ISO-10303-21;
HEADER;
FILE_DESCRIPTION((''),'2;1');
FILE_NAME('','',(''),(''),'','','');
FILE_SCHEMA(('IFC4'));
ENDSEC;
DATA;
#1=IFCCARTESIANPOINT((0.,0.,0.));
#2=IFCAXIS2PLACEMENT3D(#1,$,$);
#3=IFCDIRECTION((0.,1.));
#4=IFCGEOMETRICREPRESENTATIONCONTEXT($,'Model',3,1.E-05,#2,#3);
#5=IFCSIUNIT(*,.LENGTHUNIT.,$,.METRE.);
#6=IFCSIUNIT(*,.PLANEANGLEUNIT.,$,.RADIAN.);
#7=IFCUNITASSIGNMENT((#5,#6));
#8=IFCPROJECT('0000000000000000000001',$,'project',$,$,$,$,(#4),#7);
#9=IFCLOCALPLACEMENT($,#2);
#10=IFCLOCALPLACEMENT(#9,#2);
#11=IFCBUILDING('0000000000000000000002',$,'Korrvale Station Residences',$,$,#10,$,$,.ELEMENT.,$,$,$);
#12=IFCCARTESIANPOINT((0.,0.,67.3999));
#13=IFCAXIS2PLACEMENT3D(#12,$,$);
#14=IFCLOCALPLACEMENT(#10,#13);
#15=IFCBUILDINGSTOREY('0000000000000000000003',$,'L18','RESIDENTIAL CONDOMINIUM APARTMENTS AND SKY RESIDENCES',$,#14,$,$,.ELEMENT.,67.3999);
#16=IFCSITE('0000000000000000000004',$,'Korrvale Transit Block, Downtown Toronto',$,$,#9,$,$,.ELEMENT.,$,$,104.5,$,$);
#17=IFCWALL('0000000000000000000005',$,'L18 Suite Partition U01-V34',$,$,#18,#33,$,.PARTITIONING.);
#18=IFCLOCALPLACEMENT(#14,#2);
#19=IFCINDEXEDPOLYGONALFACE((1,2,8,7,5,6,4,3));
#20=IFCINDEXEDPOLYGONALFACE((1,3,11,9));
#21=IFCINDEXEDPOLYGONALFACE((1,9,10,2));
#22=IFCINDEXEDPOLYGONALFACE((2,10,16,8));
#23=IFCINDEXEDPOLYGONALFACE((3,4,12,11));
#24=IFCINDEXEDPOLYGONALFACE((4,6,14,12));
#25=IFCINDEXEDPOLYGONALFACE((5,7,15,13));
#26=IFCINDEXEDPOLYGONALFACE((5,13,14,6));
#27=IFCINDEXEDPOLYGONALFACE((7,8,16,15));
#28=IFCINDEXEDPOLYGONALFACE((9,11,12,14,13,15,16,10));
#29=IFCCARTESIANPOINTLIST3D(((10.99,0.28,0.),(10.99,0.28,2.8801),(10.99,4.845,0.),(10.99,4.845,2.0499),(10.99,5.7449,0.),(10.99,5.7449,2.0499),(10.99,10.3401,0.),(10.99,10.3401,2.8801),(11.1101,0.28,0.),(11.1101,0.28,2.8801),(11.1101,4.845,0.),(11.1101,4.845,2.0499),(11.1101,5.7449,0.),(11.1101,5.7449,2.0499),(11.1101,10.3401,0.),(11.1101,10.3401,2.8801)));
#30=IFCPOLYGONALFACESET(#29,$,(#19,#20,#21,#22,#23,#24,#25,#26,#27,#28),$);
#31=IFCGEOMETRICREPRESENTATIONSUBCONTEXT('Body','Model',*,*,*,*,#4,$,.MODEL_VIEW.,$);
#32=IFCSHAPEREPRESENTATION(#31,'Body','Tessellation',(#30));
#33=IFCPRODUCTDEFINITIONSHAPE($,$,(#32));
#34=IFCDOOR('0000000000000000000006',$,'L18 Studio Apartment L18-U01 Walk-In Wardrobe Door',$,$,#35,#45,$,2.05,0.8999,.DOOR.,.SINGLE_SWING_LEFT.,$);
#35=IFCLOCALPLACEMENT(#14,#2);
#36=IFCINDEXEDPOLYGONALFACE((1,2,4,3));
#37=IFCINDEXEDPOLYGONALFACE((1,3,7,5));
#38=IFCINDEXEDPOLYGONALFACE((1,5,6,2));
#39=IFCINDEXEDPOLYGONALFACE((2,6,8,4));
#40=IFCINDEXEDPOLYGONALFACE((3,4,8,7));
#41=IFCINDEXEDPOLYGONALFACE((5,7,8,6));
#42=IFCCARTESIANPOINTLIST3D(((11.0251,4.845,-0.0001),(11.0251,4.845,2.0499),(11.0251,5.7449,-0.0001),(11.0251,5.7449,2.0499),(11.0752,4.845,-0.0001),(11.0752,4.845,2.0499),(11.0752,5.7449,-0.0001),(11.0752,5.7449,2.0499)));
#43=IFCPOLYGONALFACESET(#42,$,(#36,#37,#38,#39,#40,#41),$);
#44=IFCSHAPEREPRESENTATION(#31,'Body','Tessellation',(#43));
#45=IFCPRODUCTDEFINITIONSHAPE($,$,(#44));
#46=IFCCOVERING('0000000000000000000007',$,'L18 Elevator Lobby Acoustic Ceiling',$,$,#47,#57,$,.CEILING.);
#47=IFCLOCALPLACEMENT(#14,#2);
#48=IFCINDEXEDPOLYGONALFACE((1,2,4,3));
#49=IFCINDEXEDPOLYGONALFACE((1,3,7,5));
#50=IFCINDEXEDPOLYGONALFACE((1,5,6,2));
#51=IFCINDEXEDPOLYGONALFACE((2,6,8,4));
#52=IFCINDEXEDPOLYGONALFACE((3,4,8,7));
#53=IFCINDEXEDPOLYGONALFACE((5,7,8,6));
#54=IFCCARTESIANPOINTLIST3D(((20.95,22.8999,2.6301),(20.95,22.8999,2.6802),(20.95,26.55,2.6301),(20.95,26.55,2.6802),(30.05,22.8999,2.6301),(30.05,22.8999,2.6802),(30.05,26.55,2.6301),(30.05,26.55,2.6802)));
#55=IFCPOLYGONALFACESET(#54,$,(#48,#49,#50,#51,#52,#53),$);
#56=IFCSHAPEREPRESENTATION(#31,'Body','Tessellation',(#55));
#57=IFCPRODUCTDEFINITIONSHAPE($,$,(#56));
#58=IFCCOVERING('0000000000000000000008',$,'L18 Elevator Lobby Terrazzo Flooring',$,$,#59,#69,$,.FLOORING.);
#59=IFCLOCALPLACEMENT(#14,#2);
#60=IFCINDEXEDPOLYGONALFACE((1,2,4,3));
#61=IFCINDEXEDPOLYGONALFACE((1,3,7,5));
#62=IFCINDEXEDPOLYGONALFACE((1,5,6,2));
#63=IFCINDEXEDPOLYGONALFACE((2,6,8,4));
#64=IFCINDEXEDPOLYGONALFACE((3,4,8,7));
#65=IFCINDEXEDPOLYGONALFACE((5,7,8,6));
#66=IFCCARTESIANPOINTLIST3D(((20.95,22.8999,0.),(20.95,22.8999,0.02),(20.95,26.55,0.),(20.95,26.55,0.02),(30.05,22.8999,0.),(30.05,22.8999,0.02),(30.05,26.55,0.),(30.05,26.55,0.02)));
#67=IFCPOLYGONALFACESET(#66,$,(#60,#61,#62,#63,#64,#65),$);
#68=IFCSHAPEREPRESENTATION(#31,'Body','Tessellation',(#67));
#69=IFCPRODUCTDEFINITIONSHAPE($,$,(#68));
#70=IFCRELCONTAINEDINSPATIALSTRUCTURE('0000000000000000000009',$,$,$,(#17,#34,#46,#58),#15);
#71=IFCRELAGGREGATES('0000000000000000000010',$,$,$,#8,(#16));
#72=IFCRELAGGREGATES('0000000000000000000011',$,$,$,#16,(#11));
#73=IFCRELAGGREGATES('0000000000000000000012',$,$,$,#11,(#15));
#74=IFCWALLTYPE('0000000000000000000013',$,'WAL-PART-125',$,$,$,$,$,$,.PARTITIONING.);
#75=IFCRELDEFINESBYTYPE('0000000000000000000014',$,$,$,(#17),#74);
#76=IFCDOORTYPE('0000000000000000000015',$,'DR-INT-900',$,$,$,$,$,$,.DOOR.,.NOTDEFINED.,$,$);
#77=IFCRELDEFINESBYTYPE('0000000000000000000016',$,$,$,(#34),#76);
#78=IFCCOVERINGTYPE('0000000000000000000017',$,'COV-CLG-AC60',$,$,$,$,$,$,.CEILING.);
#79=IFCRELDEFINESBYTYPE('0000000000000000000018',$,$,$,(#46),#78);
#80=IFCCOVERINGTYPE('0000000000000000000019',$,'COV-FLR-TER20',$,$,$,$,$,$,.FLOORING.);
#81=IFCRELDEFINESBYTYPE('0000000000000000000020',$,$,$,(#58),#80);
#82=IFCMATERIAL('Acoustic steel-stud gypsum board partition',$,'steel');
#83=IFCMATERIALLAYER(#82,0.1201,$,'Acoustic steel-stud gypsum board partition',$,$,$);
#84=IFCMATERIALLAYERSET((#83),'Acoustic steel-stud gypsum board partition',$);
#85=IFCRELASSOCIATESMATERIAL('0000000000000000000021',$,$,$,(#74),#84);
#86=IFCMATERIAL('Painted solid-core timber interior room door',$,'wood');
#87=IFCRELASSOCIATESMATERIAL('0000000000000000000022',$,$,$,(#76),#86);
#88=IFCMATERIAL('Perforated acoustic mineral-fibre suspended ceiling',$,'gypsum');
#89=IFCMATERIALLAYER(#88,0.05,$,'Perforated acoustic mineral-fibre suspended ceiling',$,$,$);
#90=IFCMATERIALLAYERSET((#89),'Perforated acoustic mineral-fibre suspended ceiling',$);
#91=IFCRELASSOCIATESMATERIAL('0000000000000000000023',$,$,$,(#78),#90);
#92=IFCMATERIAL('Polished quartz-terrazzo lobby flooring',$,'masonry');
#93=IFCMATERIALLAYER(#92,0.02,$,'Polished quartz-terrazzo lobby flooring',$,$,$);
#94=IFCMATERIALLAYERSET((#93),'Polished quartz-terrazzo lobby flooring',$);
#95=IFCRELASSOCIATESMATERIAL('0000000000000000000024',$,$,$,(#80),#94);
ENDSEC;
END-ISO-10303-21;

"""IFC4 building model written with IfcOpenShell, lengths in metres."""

from ifc_helpers import new_model, si_unit, direction, frame, frame_2d, origin, place, context, subcontext, project, spatial, polyline, rectangle, outline, extrude, material, layer, layer_set, type_object, element, fill, save


model = new_model("IFC4")

# Units and contexts
model_context = context("Model", 3, precision=1e-05, world=origin(), true_north=direction((0.0, 1.0)))
body_context = subcontext(model_context, "Body", "Model", "MODEL_VIEW")
ifc_project = project(units=[si_unit("LENGTHUNIT", "METRE"), si_unit("PLANEANGLEUNIT", "RADIAN")], contexts=[model_context])

# Site, building, storey
site_placement = place(None, origin())
site = spatial("IfcSite", under=ifc_project, at=site_placement, Name="Korrvale Transit Block, Downtown Toronto", CompositionType="ELEMENT", RefElevation=104.5)
building_placement = place(site_placement, origin())
building = spatial("IfcBuilding", under=site, at=building_placement, Name="Korrvale Station Residences", CompositionType="ELEMENT")
storey_placement = place(building_placement, frame((0.0, 0.0, 67.3999)))
storey = spatial("IfcBuildingStorey", under=building, at=storey_placement, Name="L18", Description="RESIDENTIAL CONDOMINIUM APARTMENTS AND SKY RESIDENCES", CompositionType="ELEMENT", Elevation=67.3999)

# Wall, opening, door
ifc_material_1 = material(Name="Acoustic steel-stud gypsum board partition", Category="steel")
ifc_layer_1 = layer(ifc_material_1, 0.1201, Name="Acoustic steel-stud gypsum board partition")
ifc_layer_set_1 = layer_set([ifc_layer_1], Name="Acoustic steel-stud gypsum board partition")
wall_type_1 = type_object("IfcWallType", Name="WAL-PART-125", PredefinedType="PARTITIONING", material=ifc_layer_set_1)
wall_1_placement = place(storey_placement, frame((11.05, 0.28, 0.0), z_axis=(0.0, 0.0, 1.0), x_axis=(0.0, 1.0, 0.0)))
wall_1 = element("IfcWall", 1, at=wall_1_placement, inside=storey, type_object=wall_type_1, Name="L18 Suite Partition U01-V34", PredefinedType="PARTITIONING", context=body_context, shape_type="SweptSolid", body=[
    extrude(rectangle(XDim=10.0601, YDim=0.1201, at=frame_2d((5.03, 0.0))), origin(), (0.0, 0.0, 1.0), 2.8801),
])
opening_1_placement = place(wall_1_placement, frame((4.5649, 0.0, 0.0)))
opening_1 = element("IfcOpeningElement", 2, at=opening_1_placement, cuts=wall_1, PredefinedType="OPENING", context=body_context, shape_type="SweptSolid", body=[
    extrude(rectangle(XDim=0.8999, YDim=2.05, at=frame_2d((0.45, 1.0249))), frame((0.0, 0.0701, 0.0), z_axis=(0.0, -1.0, 0.0), x_axis=(1.0, 0.0, 0.0)), (0.0, 0.0, 1.0), 0.1401),
])
ifc_material_2 = material(Name="Painted solid-core timber interior room door", Category="wood")
door_type = type_object("IfcDoorType", Name="DR-INT-900", OperationType="NOTDEFINED", PredefinedType="DOOR", material=ifc_material_2)
door_placement = place(opening_1_placement, origin())
door = element("IfcDoor", 3, at=door_placement, inside=storey, type_object=door_type, Name="L18 Studio Apartment L18-U01 Walk-In Wardrobe Door", OperationType="SINGLE_SWING_LEFT", OverallHeight=2.05, OverallWidth=0.8999, PredefinedType="DOOR", context=body_context, shape_type="SweptSolid", body=[
    extrude(rectangle(XDim=0.8999, YDim=2.05, at=frame_2d((0.45, 1.0249))), frame((0.0, 0.0249, 0.0), z_axis=(0.0, -1.0, 0.0), x_axis=(1.0, 0.0, 0.0)), (0.0, 0.0, 1.0), 0.05),
])
fill(opening_1, door)

# Coverings
ifc_material_3 = material(Name="Perforated acoustic mineral-fibre suspended ceiling", Category="gypsum")
ifc_layer_2 = layer(ifc_material_3, 0.05, Name="Perforated acoustic mineral-fibre suspended ceiling")
ifc_layer_set_2 = layer_set([ifc_layer_2], Name="Perforated acoustic mineral-fibre suspended ceiling")
covering_type_1 = type_object("IfcCoveringType", Name="COV-CLG-AC60", PredefinedType="CEILING", material=ifc_layer_set_2)
covering_1_placement = place(storey_placement, frame((0.0, 0.0, 2.6301)))
element("IfcCovering", 4, at=covering_1_placement, inside=storey, type_object=covering_type_1, Name="L18 Elevator Lobby Acoustic Ceiling", PredefinedType="CEILING", context=body_context, shape_type="SweptSolid", body=[
    extrude(outline(polyline([(20.95, 22.8999), (30.05, 22.8999), (30.05, 26.55), (20.95, 26.55), (20.95, 22.8999)])), origin(), (0.0, 0.0, 1.0), 0.05),
])
ifc_material_4 = material(Name="Polished quartz-terrazzo lobby flooring", Category="masonry")
ifc_layer_3 = layer(ifc_material_4, 0.02, Name="Polished quartz-terrazzo lobby flooring")
ifc_layer_set_3 = layer_set([ifc_layer_3], Name="Polished quartz-terrazzo lobby flooring")
covering_type_2 = type_object("IfcCoveringType", Name="COV-FLR-TER20", PredefinedType="FLOORING", material=ifc_layer_set_3)
covering_2_placement = place(storey_placement, origin())
element("IfcCovering", 5, at=covering_2_placement, inside=storey, type_object=covering_type_2, Name="L18 Elevator Lobby Terrazzo Flooring", PredefinedType="FLOORING", context=body_context, shape_type="SweptSolid", body=[
    extrude(outline(polyline([(20.95, 22.8999), (30.05, 22.8999), (30.05, 26.55), (20.95, 26.55), (20.95, 22.8999)])), origin(), (0.0, 0.0, 1.0), 0.02),
])

save(model, "model.ifc")
